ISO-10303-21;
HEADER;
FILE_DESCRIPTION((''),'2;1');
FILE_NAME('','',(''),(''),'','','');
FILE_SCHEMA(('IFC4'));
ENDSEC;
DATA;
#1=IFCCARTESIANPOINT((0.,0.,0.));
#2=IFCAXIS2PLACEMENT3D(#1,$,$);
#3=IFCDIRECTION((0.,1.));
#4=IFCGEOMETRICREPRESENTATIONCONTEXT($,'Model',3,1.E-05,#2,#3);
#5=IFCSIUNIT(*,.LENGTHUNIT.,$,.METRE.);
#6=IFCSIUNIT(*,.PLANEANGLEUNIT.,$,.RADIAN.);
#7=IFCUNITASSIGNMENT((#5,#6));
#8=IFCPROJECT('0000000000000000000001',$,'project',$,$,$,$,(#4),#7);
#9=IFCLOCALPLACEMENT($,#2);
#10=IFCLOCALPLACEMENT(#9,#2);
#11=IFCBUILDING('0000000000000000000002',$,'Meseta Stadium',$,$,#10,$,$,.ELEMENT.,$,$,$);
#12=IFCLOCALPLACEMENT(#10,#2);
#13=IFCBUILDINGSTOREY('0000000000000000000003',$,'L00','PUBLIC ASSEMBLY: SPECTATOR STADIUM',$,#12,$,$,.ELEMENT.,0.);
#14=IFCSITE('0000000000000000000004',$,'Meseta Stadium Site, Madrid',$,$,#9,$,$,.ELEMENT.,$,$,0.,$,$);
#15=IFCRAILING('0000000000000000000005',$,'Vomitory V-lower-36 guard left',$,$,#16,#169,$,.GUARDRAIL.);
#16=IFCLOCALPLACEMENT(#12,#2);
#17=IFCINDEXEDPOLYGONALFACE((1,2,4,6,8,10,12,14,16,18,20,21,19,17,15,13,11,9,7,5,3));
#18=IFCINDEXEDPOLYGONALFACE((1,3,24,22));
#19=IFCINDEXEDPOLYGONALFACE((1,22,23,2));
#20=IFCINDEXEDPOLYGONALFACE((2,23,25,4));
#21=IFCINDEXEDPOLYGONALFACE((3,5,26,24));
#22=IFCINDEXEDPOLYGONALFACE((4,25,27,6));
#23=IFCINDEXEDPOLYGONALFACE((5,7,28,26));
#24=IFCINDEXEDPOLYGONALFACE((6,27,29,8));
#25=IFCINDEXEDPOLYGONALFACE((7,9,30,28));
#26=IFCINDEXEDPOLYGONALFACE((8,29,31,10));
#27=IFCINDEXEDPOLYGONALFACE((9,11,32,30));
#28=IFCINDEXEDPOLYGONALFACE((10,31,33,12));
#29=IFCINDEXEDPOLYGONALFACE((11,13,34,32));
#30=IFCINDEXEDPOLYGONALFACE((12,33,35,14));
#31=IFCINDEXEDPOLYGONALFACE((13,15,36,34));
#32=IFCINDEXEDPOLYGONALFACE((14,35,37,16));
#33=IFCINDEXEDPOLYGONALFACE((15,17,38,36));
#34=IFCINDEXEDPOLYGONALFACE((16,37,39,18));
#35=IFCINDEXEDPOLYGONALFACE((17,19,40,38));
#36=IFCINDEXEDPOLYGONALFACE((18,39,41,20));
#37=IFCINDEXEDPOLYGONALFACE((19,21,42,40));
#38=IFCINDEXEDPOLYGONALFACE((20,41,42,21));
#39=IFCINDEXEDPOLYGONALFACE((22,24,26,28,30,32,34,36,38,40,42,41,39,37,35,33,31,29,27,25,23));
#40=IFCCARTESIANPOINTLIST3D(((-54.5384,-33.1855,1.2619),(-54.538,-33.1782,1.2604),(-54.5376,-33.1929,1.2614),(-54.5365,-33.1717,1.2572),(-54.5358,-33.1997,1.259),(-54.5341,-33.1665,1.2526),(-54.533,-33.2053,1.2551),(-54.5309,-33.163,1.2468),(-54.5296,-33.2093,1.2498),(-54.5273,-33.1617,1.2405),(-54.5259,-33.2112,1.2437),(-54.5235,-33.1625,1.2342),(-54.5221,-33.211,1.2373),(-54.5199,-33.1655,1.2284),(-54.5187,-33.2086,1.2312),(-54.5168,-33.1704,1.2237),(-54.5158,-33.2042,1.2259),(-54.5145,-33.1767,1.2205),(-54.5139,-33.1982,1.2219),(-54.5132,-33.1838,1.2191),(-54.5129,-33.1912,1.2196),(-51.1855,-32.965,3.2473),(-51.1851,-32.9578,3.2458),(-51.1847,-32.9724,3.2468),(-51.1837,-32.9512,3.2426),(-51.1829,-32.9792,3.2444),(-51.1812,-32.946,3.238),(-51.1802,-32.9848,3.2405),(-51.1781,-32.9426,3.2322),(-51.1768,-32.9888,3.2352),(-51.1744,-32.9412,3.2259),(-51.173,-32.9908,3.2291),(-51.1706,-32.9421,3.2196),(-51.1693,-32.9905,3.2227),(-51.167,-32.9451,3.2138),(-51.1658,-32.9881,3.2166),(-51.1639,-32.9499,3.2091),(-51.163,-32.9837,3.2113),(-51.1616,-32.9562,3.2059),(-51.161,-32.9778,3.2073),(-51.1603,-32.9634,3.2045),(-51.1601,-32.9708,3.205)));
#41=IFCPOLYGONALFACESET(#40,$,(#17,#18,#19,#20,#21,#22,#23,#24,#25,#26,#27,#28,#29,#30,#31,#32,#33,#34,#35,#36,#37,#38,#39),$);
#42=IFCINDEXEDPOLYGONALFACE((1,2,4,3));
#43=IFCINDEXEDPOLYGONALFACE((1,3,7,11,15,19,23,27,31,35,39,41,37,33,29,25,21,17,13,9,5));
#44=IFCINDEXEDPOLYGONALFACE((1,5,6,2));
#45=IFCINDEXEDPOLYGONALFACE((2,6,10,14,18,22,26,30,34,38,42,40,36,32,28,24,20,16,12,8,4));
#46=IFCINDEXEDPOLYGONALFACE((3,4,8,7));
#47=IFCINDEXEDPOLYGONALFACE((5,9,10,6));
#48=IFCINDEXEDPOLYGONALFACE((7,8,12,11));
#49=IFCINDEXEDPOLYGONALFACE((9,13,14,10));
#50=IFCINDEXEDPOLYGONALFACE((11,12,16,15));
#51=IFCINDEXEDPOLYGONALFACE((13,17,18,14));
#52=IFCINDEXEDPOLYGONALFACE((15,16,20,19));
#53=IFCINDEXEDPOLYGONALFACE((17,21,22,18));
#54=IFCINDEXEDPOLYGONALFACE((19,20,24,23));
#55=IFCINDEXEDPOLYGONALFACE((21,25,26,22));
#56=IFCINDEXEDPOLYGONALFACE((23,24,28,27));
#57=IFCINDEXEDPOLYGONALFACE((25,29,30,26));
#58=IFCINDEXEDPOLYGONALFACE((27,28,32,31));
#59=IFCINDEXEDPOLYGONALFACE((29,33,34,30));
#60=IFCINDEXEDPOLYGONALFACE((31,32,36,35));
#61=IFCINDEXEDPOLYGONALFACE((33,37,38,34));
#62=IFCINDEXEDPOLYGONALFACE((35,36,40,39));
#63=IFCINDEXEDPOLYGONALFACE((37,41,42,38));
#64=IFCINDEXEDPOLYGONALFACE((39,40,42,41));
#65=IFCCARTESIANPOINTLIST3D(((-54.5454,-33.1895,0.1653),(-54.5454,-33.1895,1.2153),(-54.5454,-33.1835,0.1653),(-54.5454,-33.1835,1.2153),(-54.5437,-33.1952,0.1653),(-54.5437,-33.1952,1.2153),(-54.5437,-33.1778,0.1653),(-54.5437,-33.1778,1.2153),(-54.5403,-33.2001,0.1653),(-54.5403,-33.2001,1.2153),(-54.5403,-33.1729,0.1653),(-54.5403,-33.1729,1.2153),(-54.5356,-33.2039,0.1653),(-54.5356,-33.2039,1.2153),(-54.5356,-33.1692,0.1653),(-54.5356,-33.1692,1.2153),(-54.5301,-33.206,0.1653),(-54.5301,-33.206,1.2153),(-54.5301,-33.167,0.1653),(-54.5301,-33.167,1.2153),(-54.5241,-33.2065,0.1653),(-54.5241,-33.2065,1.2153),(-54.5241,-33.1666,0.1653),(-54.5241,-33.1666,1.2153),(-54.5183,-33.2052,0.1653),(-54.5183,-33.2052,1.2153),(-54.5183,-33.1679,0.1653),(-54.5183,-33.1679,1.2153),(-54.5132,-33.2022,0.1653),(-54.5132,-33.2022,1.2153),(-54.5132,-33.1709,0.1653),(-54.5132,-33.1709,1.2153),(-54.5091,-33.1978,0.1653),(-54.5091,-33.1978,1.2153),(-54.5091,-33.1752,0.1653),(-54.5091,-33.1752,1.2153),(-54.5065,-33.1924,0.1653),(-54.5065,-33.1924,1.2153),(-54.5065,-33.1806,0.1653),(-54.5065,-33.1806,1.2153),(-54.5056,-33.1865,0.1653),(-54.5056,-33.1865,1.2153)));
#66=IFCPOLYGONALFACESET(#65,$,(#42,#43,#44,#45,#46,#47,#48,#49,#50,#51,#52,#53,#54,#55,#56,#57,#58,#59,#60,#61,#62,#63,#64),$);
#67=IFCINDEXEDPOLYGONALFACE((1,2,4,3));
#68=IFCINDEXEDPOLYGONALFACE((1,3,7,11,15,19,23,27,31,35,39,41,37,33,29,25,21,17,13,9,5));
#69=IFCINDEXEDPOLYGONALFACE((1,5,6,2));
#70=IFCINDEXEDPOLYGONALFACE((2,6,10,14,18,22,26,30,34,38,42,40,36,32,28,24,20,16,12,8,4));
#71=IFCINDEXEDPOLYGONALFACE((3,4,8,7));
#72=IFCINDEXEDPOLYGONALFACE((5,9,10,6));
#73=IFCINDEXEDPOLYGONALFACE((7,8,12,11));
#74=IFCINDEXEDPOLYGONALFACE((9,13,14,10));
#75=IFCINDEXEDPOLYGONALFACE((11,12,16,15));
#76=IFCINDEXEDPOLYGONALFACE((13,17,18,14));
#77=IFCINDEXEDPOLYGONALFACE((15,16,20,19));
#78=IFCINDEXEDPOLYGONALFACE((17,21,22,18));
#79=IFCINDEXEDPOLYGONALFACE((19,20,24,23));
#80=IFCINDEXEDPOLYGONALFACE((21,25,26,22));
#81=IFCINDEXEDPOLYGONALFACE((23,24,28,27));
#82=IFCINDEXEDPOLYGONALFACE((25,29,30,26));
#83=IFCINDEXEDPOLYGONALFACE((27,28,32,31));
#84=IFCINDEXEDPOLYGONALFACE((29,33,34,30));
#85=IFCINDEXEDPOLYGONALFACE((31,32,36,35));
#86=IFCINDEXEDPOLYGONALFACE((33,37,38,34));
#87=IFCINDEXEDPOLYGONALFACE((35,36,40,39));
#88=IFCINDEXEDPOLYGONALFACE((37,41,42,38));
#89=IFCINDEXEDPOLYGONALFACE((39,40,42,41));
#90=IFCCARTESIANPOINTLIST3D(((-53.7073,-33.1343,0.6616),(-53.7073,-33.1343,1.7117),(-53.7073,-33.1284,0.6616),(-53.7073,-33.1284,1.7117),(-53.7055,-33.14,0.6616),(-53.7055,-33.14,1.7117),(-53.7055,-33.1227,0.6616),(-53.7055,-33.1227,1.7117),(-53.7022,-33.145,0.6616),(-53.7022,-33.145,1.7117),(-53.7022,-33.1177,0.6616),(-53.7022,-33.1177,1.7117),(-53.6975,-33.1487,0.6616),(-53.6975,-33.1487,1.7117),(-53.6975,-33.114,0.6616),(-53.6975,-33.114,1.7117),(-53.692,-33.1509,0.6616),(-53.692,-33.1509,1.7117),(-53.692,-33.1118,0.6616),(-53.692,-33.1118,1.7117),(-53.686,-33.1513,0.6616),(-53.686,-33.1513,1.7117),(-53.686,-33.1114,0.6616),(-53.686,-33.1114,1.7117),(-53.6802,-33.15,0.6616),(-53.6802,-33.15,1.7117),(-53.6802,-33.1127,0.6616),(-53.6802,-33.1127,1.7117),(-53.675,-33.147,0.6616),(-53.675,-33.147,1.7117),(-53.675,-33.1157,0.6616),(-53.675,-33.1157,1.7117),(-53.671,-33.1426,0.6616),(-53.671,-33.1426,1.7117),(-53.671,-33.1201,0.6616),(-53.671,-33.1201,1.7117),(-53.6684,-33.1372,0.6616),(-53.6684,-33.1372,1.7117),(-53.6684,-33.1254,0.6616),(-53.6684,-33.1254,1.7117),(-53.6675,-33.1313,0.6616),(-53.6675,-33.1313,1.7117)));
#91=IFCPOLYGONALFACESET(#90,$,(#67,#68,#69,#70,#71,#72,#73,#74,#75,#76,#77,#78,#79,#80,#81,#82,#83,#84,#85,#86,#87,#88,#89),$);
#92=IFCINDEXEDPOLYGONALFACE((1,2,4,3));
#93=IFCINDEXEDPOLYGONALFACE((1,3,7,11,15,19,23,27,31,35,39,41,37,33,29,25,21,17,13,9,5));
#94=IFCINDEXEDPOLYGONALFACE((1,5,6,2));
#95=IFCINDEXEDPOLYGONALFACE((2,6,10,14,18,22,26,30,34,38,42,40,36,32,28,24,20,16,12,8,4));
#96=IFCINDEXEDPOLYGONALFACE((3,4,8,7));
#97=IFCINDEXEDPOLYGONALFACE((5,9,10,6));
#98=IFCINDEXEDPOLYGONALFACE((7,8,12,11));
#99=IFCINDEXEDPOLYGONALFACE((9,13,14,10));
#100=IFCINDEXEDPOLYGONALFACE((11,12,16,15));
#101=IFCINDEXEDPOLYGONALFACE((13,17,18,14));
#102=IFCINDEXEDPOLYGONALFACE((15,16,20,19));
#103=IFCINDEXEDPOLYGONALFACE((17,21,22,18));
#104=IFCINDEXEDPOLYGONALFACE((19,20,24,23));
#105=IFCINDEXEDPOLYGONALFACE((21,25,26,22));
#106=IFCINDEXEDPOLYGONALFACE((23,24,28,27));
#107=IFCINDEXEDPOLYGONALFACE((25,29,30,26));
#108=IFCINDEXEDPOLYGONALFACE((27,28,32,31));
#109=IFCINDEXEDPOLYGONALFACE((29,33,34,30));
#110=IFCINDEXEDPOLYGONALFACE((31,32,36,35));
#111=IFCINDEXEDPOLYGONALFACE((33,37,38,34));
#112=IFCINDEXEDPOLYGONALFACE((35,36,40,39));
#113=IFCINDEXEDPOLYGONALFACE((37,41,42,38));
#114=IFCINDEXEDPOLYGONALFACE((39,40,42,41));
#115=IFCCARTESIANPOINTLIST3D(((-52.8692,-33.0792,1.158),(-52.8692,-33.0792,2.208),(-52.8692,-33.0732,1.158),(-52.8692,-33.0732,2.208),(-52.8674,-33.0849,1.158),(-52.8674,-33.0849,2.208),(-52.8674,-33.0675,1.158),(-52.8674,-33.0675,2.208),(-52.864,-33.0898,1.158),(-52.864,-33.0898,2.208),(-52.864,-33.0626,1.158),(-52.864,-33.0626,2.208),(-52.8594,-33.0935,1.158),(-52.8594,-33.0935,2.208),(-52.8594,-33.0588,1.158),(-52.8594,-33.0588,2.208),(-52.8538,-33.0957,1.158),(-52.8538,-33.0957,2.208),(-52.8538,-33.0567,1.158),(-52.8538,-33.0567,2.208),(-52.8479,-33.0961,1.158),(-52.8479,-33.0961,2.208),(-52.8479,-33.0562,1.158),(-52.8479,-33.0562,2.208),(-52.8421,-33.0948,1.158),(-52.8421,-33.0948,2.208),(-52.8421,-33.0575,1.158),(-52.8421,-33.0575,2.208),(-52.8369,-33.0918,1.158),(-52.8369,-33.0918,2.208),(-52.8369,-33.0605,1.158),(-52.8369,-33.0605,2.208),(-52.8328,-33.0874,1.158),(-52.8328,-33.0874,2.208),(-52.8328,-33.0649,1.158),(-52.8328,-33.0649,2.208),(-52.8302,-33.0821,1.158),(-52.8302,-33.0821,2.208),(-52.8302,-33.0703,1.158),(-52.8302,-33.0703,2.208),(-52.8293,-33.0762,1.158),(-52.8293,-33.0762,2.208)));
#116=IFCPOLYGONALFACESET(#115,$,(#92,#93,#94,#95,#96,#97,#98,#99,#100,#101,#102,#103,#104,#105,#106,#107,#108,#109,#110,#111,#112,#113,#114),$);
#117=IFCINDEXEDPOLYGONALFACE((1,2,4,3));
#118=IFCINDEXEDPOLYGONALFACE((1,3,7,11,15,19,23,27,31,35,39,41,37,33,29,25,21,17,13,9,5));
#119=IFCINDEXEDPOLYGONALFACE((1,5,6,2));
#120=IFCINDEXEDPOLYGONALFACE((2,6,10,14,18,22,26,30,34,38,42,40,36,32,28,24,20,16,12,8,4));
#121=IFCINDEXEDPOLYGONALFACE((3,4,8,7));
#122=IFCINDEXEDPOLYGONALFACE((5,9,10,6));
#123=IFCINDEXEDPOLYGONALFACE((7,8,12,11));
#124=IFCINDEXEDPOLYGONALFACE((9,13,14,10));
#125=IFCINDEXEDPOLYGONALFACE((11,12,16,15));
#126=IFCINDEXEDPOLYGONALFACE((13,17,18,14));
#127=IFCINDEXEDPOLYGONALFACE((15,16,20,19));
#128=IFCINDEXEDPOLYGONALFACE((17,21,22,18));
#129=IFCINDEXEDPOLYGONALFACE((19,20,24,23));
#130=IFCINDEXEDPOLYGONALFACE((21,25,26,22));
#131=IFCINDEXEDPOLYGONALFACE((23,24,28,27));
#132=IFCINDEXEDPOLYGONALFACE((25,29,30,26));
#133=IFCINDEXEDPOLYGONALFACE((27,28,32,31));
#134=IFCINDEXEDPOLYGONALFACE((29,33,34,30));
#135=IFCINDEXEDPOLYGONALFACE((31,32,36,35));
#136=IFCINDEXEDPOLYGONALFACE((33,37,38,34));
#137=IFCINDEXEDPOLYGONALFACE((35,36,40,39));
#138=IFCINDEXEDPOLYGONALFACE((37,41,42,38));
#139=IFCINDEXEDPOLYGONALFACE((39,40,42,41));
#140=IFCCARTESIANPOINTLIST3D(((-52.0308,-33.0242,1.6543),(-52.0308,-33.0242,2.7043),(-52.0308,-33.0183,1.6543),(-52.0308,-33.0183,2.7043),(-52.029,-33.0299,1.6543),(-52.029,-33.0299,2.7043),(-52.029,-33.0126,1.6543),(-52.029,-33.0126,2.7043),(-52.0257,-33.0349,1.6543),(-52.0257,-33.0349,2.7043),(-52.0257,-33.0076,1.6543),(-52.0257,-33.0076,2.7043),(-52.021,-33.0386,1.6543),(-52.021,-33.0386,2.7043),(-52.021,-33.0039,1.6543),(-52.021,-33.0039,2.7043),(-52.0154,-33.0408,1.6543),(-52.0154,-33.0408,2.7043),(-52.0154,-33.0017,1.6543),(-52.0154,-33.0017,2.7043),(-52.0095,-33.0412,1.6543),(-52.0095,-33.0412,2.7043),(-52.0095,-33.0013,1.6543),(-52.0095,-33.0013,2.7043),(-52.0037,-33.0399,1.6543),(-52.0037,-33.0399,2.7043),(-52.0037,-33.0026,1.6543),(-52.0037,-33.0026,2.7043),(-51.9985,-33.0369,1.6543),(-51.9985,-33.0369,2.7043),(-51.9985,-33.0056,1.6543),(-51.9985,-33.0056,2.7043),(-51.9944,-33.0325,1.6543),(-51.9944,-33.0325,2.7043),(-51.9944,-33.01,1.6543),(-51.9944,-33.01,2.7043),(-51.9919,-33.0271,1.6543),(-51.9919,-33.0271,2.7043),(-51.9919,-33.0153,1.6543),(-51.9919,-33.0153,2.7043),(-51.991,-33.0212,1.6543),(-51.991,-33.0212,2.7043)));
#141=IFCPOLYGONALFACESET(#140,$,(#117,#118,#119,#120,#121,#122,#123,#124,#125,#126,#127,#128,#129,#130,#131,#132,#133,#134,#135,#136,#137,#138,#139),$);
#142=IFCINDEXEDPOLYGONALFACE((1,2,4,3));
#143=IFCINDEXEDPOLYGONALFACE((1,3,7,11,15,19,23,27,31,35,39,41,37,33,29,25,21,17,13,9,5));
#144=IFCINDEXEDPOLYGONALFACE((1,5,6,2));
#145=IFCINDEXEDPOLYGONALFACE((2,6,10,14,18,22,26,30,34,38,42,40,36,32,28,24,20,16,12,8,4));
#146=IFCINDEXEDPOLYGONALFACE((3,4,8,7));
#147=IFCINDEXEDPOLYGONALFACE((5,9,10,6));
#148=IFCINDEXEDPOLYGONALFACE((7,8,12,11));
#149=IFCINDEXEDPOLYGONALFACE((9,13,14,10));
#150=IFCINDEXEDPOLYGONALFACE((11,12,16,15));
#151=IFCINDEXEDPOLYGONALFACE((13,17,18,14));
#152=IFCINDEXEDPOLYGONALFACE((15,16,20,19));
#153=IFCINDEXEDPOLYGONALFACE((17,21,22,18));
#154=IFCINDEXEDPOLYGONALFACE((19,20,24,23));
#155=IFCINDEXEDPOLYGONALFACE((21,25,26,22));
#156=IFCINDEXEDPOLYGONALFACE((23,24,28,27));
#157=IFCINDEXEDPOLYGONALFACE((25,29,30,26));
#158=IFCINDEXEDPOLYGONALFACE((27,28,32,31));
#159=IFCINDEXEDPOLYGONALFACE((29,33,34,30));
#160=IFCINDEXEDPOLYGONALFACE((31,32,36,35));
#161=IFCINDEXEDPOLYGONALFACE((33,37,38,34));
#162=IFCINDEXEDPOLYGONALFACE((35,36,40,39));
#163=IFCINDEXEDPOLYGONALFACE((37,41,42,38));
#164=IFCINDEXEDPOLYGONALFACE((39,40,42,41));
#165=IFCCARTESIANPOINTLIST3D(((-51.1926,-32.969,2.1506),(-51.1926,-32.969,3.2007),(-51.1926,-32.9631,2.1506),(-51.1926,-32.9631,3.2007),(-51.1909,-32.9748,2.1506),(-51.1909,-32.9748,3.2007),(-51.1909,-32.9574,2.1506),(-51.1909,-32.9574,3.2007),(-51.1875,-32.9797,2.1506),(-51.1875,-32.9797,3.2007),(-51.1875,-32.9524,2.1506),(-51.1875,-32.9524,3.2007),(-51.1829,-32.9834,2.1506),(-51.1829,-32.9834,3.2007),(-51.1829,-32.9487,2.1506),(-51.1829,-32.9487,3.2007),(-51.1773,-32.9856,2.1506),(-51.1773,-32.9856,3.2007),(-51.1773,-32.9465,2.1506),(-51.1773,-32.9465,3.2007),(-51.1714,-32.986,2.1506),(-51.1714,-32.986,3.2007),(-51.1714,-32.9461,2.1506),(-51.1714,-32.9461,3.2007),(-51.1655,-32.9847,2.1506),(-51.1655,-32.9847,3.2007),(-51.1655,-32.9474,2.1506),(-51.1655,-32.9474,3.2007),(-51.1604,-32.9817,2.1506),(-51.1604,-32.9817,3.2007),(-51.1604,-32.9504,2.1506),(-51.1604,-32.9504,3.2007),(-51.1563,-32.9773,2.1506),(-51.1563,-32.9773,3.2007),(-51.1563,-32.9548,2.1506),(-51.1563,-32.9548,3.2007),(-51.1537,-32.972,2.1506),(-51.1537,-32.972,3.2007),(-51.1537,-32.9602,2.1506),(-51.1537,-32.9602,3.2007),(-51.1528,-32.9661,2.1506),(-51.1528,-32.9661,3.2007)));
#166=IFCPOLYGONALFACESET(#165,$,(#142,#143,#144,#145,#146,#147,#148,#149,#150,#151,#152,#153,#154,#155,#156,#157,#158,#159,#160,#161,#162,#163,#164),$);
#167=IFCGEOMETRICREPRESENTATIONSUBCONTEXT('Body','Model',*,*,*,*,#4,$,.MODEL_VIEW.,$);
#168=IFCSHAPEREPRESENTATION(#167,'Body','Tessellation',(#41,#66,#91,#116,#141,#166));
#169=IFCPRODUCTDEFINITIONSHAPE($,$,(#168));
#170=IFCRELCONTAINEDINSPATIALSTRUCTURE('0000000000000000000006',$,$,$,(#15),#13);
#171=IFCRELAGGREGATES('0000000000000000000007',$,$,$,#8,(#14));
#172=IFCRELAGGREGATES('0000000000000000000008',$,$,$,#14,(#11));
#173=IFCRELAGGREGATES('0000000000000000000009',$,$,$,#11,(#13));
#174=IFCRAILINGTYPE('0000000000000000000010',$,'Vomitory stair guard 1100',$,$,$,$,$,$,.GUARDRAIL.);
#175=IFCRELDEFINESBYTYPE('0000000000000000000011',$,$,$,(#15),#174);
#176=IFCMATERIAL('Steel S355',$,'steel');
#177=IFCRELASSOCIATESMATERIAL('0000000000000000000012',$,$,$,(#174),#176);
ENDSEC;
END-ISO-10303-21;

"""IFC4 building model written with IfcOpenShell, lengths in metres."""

from ifc_helpers import new_model, si_unit, direction, frame, origin, origin_2d, place, context, subcontext, project, spatial, circle, extrude, material, type_object, element, save


model = new_model("IFC4")

# Units and contexts
model_context = context("Model", 3, precision=1e-05, world=origin(), true_north=direction((0.0, 1.0)))
body_context = subcontext(model_context, "Body", "Model", "MODEL_VIEW")
ifc_project = project(units=[si_unit("LENGTHUNIT", "METRE"), si_unit("PLANEANGLEUNIT", "RADIAN")], contexts=[model_context])

# Site, building, storey
site_placement = place(None, origin())
site = spatial("IfcSite", under=ifc_project, at=site_placement, Name="Meseta Stadium Site, Madrid", CompositionType="ELEMENT", RefElevation=0.0)
building_placement = place(site_placement, origin())
building = spatial("IfcBuilding", under=site, at=building_placement, Name="Meseta Stadium", CompositionType="ELEMENT")
storey_placement = place(building_placement, origin())
storey = spatial("IfcBuildingStorey", under=building, at=storey_placement, Name="L00", Description="PUBLIC ASSEMBLY: SPECTATOR STADIUM", CompositionType="ELEMENT", Elevation=0.0)

# Railing
ifc_material_1 = material(Name="Steel S355", Category="steel")
railing_type_1 = type_object("IfcRailingType", Name="Vomitory stair guard 1100", PredefinedType="GUARDRAIL", material=ifc_material_1)
for number, where, name in (
    (1, (-54.5256, -33.1865, 0.1653), "Vomitory V-lower-36 guard left"),
):
    element("IfcRailing", number, at=place(storey_placement, frame(where)), inside=storey, type_object=railing_type_1, Name=name, PredefinedType="GUARDRAIL", context=body_context, shape_type="SweptSolid", body=[
        extrude(circle(Radius=0.0249, at=origin_2d()), frame((0.0, 0.0, 1.0752), z_axis=(0.859084, 0.056488, 0.508707), x_axis=(-0.065612, 0.997845, 0.0)), (0.0, 0.0, 1.0), 3.9028),
        extrude(circle(Radius=0.02, at=origin_2d()), origin(), (0.0, 0.0, 1.0), 1.05),
        extrude(circle(Radius=0.02, at=origin_2d()), frame((0.8381, 0.0552, 0.4963)), (0.0, 0.0, 1.0), 1.05),
        extrude(circle(Radius=0.02, at=origin_2d()), frame((1.6763, 0.1104, 0.9927)), (0.0, 0.0, 1.0), 1.05),
        extrude(circle(Radius=0.02, at=origin_2d()), frame((2.5146, 0.1653, 1.489)), (0.0, 0.0, 1.0), 1.05),
        extrude(circle(Radius=0.02, at=origin_2d()), frame((3.3528, 0.2205, 1.9854)), (0.0, 0.0, 1.0), 1.05),
    ])

save(model, "model.ifc")
